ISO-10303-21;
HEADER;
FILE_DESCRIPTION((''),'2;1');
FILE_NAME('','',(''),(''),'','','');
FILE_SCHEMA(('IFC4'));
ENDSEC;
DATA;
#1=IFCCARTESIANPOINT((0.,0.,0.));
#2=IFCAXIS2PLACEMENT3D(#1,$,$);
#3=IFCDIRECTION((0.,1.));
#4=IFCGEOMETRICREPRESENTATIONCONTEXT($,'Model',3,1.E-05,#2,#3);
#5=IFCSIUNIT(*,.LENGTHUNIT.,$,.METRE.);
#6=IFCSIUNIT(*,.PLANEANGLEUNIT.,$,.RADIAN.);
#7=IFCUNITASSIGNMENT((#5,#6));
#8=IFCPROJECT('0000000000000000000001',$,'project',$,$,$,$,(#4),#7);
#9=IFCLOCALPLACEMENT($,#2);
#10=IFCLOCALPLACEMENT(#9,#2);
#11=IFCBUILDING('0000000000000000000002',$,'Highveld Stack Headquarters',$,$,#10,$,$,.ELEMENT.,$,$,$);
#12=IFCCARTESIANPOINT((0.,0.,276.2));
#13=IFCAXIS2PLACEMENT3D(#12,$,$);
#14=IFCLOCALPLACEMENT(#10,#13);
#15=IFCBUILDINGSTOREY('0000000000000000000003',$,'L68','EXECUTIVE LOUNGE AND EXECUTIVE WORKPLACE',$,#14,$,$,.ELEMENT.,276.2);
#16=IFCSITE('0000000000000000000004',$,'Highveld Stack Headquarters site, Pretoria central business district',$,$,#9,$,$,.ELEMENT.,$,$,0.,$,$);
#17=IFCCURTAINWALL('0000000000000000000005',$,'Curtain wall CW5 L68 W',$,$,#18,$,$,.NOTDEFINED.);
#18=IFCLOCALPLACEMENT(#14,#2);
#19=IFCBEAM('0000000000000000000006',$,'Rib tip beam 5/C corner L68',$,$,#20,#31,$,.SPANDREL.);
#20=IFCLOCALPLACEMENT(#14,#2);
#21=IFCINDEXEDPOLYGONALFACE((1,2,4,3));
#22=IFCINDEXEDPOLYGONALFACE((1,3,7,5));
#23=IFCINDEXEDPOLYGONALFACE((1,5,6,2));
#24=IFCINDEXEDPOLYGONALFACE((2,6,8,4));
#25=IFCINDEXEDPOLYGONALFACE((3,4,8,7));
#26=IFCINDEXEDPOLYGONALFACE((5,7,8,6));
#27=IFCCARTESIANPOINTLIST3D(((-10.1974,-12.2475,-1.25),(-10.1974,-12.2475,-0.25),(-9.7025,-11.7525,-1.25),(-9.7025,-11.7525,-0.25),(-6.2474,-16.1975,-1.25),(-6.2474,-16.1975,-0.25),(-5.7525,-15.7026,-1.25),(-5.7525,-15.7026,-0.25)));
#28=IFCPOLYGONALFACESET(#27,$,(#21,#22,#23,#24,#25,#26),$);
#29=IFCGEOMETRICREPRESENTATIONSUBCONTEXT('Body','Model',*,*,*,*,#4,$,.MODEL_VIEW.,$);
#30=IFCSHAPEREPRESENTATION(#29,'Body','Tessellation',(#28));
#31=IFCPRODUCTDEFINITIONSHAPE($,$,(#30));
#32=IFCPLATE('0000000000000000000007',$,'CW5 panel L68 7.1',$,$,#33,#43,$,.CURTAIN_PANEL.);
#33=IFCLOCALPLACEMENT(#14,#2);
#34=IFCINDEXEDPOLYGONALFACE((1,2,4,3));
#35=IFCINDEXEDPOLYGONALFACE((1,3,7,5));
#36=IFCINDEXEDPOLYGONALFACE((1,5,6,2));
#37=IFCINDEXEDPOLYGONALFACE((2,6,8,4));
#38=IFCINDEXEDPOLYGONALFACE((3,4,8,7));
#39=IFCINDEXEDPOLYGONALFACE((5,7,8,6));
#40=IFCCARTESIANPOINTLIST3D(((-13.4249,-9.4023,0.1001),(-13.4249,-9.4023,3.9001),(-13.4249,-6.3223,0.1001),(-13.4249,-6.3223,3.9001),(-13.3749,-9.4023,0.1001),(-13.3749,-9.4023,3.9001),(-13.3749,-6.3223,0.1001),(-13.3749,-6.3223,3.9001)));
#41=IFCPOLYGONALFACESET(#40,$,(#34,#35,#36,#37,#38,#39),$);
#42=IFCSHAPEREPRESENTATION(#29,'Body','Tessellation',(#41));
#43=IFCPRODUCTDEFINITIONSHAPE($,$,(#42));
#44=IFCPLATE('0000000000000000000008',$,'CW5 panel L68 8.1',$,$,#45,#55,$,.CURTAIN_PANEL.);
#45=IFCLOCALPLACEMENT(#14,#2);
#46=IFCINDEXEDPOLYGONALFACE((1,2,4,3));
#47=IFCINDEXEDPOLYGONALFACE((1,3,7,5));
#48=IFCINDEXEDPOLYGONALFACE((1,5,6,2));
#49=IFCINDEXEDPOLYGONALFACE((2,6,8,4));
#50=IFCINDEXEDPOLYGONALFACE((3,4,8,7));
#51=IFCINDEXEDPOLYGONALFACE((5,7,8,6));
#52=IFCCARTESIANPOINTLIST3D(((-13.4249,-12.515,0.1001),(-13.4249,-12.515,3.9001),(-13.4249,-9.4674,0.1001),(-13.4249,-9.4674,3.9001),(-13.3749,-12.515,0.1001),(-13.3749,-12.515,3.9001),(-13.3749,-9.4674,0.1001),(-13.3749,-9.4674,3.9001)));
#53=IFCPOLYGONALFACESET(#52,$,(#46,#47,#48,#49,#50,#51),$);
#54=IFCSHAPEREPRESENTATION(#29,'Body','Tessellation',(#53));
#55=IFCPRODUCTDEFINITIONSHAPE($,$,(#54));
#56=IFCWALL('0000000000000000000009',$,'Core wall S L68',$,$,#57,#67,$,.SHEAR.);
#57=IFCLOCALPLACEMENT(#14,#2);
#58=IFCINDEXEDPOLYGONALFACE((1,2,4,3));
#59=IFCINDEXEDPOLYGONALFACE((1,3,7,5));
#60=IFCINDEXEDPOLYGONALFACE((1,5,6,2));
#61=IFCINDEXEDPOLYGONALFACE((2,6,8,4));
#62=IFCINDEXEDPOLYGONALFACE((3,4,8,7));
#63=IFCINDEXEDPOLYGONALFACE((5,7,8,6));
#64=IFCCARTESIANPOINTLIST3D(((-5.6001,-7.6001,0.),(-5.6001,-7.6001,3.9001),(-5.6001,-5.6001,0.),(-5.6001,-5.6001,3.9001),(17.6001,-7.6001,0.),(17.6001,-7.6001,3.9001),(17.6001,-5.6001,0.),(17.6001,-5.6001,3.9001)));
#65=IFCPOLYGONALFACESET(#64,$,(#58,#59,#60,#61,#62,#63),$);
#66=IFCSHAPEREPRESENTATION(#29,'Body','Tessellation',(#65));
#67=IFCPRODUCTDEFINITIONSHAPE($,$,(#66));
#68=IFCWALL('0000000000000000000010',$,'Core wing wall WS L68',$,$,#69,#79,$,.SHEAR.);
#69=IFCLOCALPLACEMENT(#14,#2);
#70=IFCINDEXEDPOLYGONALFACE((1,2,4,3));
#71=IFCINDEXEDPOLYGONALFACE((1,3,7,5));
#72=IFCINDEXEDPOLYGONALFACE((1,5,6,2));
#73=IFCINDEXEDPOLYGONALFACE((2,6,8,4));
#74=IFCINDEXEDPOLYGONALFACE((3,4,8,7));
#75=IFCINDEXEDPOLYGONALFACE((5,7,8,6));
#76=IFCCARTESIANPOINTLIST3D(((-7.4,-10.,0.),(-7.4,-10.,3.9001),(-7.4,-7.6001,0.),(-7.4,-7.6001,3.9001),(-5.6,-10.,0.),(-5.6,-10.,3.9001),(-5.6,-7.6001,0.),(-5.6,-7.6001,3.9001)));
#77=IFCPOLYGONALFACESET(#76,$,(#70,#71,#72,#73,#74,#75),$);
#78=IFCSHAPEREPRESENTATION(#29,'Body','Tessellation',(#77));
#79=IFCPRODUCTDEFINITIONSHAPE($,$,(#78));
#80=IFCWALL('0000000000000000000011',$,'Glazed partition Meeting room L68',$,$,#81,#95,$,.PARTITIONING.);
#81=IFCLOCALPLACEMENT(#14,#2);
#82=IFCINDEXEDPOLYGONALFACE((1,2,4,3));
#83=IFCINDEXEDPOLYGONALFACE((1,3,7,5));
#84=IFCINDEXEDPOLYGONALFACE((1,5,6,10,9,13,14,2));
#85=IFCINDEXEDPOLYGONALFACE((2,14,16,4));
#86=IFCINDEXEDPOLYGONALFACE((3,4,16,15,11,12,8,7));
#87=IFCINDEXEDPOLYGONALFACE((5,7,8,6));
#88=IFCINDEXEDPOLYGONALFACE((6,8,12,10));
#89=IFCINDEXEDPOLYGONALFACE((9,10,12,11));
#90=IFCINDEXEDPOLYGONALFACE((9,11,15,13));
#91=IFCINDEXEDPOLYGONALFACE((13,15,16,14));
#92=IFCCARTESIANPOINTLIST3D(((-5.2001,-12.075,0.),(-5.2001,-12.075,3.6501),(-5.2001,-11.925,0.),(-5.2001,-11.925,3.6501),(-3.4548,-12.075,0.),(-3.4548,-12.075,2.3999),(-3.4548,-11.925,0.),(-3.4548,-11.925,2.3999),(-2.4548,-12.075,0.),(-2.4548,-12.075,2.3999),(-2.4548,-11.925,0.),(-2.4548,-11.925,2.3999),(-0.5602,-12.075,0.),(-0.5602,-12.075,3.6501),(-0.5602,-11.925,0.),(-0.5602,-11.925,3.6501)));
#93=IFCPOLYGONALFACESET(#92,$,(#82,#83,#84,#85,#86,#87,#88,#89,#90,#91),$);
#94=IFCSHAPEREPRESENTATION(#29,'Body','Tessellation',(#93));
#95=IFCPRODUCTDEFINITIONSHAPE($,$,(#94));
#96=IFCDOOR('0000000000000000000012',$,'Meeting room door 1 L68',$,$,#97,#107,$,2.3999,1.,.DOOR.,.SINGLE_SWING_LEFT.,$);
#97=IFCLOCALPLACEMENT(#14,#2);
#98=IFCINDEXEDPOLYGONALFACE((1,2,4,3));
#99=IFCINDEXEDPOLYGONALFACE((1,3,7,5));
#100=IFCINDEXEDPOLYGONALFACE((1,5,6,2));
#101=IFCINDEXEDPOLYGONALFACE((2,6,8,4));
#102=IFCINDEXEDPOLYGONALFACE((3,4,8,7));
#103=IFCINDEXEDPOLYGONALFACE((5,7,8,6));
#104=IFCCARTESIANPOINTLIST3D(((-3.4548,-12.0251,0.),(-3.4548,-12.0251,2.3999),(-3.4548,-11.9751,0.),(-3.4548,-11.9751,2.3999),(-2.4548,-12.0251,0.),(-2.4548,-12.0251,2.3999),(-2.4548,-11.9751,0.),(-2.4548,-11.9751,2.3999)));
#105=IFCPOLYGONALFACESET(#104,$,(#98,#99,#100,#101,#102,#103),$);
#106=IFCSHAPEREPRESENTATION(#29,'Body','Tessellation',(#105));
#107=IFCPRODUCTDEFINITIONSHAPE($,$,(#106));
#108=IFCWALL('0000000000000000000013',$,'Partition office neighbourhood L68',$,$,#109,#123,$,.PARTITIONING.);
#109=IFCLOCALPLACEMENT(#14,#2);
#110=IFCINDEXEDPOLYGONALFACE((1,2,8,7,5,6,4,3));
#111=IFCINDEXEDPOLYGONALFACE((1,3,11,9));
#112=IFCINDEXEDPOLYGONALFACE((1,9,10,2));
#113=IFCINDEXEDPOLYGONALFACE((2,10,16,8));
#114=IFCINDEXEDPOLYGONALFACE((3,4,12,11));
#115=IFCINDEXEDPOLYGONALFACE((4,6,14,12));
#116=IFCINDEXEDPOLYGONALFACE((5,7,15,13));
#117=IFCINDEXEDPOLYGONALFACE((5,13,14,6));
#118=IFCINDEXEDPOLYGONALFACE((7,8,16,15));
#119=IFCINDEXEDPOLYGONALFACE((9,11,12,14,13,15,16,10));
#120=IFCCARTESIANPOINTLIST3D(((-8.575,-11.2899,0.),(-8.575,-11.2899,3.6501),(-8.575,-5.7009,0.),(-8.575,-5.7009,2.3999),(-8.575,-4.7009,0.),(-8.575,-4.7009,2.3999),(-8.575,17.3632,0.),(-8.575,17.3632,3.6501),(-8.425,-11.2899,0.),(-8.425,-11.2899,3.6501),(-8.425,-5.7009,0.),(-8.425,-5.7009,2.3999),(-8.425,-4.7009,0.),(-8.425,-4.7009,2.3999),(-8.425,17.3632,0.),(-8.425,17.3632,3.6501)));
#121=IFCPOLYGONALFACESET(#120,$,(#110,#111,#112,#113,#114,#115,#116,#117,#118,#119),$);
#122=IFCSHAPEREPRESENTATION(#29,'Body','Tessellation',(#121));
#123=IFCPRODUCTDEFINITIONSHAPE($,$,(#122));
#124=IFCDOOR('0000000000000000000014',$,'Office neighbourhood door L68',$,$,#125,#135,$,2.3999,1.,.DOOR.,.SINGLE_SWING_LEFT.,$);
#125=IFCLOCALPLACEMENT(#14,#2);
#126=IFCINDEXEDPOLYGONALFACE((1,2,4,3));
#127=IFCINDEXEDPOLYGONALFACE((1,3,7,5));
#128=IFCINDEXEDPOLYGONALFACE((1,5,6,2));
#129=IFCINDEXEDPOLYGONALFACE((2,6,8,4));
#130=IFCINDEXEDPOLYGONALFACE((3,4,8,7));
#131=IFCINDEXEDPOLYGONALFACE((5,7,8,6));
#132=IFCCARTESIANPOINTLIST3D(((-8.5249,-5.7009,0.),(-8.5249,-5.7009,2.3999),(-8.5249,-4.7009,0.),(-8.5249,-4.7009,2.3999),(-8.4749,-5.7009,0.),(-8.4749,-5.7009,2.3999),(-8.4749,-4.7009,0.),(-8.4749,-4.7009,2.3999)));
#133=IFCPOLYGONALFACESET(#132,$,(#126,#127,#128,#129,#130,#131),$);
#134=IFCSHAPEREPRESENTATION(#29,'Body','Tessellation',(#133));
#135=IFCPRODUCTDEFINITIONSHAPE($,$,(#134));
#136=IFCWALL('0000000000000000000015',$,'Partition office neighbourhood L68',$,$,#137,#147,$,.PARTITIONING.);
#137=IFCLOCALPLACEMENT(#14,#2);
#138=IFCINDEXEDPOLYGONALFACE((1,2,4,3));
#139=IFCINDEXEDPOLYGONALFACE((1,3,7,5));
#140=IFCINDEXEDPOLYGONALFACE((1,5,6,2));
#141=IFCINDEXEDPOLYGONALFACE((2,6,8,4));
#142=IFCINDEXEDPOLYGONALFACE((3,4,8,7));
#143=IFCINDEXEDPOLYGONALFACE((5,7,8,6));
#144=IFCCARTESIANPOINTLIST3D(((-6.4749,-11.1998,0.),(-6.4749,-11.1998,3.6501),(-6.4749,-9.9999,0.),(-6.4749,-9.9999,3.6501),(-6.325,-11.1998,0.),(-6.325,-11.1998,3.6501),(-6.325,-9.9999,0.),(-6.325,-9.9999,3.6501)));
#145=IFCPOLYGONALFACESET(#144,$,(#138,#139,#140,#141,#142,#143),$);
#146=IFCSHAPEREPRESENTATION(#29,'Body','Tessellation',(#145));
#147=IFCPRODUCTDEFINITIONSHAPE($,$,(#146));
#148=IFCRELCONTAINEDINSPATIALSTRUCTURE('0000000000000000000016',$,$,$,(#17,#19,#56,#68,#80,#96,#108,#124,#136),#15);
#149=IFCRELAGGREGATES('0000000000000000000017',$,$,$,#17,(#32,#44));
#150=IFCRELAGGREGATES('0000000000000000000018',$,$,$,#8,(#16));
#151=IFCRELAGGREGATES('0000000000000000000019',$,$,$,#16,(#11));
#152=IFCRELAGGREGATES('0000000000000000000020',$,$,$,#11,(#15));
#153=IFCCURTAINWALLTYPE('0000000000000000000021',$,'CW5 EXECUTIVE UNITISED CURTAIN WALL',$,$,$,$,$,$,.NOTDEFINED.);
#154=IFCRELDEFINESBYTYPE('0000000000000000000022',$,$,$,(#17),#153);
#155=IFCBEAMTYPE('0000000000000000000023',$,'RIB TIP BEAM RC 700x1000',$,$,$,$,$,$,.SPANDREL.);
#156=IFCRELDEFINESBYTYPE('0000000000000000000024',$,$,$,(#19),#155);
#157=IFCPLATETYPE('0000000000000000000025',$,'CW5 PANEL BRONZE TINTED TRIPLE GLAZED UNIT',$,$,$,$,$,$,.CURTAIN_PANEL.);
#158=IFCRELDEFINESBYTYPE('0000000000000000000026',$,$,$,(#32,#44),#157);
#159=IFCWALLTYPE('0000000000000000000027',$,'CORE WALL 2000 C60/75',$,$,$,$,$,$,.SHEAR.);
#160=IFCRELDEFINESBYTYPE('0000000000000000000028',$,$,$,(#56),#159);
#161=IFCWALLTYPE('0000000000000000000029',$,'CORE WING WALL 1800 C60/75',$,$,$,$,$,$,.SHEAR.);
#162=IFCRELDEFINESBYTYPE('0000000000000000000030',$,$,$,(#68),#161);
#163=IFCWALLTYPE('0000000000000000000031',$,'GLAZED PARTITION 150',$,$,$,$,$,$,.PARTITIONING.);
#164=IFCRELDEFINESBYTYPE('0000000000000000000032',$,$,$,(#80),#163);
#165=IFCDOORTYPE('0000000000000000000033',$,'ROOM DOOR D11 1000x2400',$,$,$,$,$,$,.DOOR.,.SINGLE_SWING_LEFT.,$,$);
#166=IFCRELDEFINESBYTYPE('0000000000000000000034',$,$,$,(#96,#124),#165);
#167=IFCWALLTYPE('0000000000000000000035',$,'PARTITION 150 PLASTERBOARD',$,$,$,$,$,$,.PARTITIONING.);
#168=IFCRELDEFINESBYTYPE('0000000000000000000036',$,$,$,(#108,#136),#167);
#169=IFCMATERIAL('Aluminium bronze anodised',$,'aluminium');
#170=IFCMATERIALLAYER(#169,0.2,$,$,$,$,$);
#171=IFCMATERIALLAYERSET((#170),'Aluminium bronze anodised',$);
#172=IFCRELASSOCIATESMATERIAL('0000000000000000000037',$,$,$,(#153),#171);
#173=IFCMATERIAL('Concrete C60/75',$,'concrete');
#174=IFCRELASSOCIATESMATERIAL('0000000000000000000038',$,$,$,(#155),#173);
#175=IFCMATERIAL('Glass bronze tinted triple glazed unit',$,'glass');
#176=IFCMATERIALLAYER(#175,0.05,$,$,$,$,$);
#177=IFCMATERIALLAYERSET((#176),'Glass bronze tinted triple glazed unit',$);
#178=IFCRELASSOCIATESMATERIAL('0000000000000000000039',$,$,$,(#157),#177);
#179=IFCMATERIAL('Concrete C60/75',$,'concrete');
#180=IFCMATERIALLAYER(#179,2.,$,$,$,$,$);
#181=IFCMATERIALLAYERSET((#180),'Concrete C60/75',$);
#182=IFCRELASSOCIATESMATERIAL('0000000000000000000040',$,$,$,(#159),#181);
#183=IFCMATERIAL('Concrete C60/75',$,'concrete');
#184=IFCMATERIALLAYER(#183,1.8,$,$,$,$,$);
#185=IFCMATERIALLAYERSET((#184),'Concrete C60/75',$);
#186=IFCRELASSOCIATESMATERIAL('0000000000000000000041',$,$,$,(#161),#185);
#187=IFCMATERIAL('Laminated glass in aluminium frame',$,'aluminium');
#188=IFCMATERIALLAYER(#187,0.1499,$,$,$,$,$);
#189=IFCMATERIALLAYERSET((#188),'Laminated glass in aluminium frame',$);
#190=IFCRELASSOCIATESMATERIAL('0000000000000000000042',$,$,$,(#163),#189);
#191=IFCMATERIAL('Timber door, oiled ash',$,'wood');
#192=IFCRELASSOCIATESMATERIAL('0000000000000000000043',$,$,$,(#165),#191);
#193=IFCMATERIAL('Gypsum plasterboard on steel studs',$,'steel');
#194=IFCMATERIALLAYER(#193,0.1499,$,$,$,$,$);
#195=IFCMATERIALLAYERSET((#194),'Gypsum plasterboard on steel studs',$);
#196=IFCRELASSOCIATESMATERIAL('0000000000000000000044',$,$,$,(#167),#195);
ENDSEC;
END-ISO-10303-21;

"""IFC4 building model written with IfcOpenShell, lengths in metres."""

from ifc_helpers import new_model, si_unit, direction, frame, frame_2d, origin, origin_2d, place, context, subcontext, project, spatial, rectangle, extrude, material, layer, layer_set, material_profile, profile_set, type_object, element, fill, aggregate, save


model = new_model("IFC4")

# Units and contexts
model_context = context("Model", 3, precision=1e-05, world=origin(), true_north=direction((0.0, 1.0)))
body_context = subcontext(model_context, "Body", "Model", "MODEL_VIEW")
ifc_project = project(units=[si_unit("LENGTHUNIT", "METRE"), si_unit("PLANEANGLEUNIT", "RADIAN")], contexts=[model_context])

# Site, building, storey
site_placement = place(None, origin())
site = spatial("IfcSite", under=ifc_project, at=site_placement, Name="Highveld Stack Headquarters site, Pretoria central business district", CompositionType="ELEMENT", RefElevation=0.0)
building_placement = place(site_placement, origin())
building = spatial("IfcBuilding", under=site, at=building_placement, Name="Highveld Stack Headquarters", CompositionType="ELEMENT")
storey_placement = place(building_placement, frame((0.0, 0.0, 276.2)))
storey = spatial("IfcBuildingStorey", under=building, at=storey_placement, Name="L68", Description="EXECUTIVE LOUNGE AND EXECUTIVE WORKPLACE", CompositionType="ELEMENT", Elevation=276.2)

# Curtain wall
ifc_material_1 = material(Name="Aluminium bronze anodised", Category="aluminium")
ifc_layer_1 = layer(ifc_material_1, 0.2)
ifc_layer_set_1 = layer_set([ifc_layer_1], Name="Aluminium bronze anodised")
curtain_wall_type = type_object("IfcCurtainWallType", Name="CW5 EXECUTIVE UNITISED CURTAIN WALL", PredefinedType="NOTDEFINED", material=ifc_layer_set_1)
curtain_wall_placement = place(storey_placement, origin())
curtain_wall = element("IfcCurtainWall", 1, at=curtain_wall_placement, inside=storey, type_object=curtain_wall_type, Name="Curtain wall CW5 L68 W", PredefinedType="NOTDEFINED")

# Beam
ifc_material_2 = material(Name="Concrete C60/75", Category="concrete")
ifc_material_profile_1 = material_profile(ifc_material_2, rectangle(XDim=0.7, YDim=1.0, at=origin_2d()), Name="RC 700x1000")
ifc_profile_set_1 = profile_set([ifc_material_profile_1], Name="Concrete C60/75")
beam_type_1 = type_object("IfcBeamType", Name="RIB TIP BEAM RC 700x1000", PredefinedType="SPANDREL", material=ifc_profile_set_1)
beam_1_placement = place(storey_placement, frame((-9.95, -12.0, -0.75), z_axis=(0.707107, -0.707107, 0.0), x_axis=(0.707107, 0.707107, 0.0)))
element("IfcBeam", 2, at=beam_1_placement, inside=storey, type_object=beam_type_1, Name="Rib tip beam 5/C corner L68", PredefinedType="SPANDREL", context=body_context, shape_type="SweptSolid", body=[
    extrude(rectangle(XDim=0.7, YDim=1.0, at=origin_2d()), origin(), (0.0, 0.0, 1.0), 5.5862),
])

# Plates
ifc_material_3 = material(Name="Glass bronze tinted triple glazed unit", Category="glass")
ifc_layer_2 = layer(ifc_material_3, 0.05)
ifc_layer_set_2 = layer_set([ifc_layer_2], Name="Glass bronze tinted triple glazed unit")
plate_type = type_object("IfcPlateType", Name="CW5 PANEL BRONZE TINTED TRIPLE GLAZED UNIT", PredefinedType="CURTAIN_PANEL", material=ifc_layer_set_2)
plate_1_placement = place(storey_placement, frame((-13.3999, -7.8623, 0.1001), z_axis=(0.0, 0.0, 1.0), x_axis=(0.0, -1.0, 0.0)))
plate_1 = element("IfcPlate", 3, at=plate_1_placement, type_object=plate_type, Name="CW5 panel L68 7.1", PredefinedType="CURTAIN_PANEL", context=body_context, shape_type="SweptSolid", body=[
    extrude(rectangle(XDim=3.0801, YDim=0.05, at=origin_2d()), origin(), (0.0, 0.0, 1.0), 3.8),
])
plate_2_placement = place(storey_placement, frame((-13.3999, -10.9912, 0.1001), z_axis=(0.0, 0.0, 1.0), x_axis=(0.0, -1.0, 0.0)))
plate_2 = element("IfcPlate", 4, at=plate_2_placement, type_object=plate_type, Name="CW5 panel L68 8.1", PredefinedType="CURTAIN_PANEL", context=body_context, shape_type="SweptSolid", body=[
    extrude(rectangle(XDim=3.0476, YDim=0.05, at=origin_2d()), origin(), (0.0, 0.0, 1.0), 3.8),
])
aggregate(curtain_wall, [plate_1, plate_2])

# Walls
ifc_material_4 = material(Name="Concrete C60/75", Category="concrete")
ifc_layer_3 = layer(ifc_material_4, 2.0)
ifc_layer_set_3 = layer_set([ifc_layer_3], Name="Concrete C60/75")
wall_type_1 = type_object("IfcWallType", Name="CORE WALL 2000 C60/75", PredefinedType="SHEAR", material=ifc_layer_set_3)
wall_1_placement = place(storey_placement, frame((-5.6001, -6.6001, 0.0), z_axis=(0.0, 0.0, 1.0), x_axis=(1.0, 0.0, 0.0)))
element("IfcWall", 5, at=wall_1_placement, inside=storey, type_object=wall_type_1, Name="Core wall S L68", PredefinedType="SHEAR", context=body_context, shape_type="SweptSolid", body=[
    extrude(rectangle(XDim=23.2002, YDim=2.0, at=frame_2d((11.6001, 0.0))), origin(), (0.0, 0.0, 1.0), 3.9001),
])
ifc_material_5 = material(Name="Concrete C60/75", Category="concrete")
ifc_layer_4 = layer(ifc_material_5, 1.8)
ifc_layer_set_4 = layer_set([ifc_layer_4], Name="Concrete C60/75")
wall_type_2 = type_object("IfcWallType", Name="CORE WING WALL 1800 C60/75", PredefinedType="SHEAR", material=ifc_layer_set_4)
wall_2_placement = place(storey_placement, frame((-6.5, -10.0, 0.0), z_axis=(0.0, 0.0, 1.0), x_axis=(0.0, 1.0, 0.0)))
element("IfcWall", 6, at=wall_2_placement, inside=storey, type_object=wall_type_2, Name="Core wing wall WS L68", PredefinedType="SHEAR", context=body_context, shape_type="SweptSolid", body=[
    extrude(rectangle(XDim=2.3999, YDim=1.8, at=frame_2d((1.2, 0.0))), origin(), (0.0, 0.0, 1.0), 3.9001),
])

# Walls, openings, doors
ifc_material_6 = material(Name="Laminated glass in aluminium frame", Category="aluminium")
ifc_layer_5 = layer(ifc_material_6, 0.1499)
ifc_layer_set_5 = layer_set([ifc_layer_5], Name="Laminated glass in aluminium frame")
wall_type_3 = type_object("IfcWallType", Name="GLAZED PARTITION 150", PredefinedType="PARTITIONING", material=ifc_layer_set_5)
wall_3_placement = place(storey_placement, frame((-5.2, -12.0, 0.0), z_axis=(0.0, 0.0, 1.0), x_axis=(1.0, 0.0, 0.0)))
wall_3 = element("IfcWall", 7, at=wall_3_placement, inside=storey, type_object=wall_type_3, Name="Glazed partition Meeting room L68", PredefinedType="PARTITIONING", context=body_context, shape_type="SweptSolid", body=[
    extrude(rectangle(XDim=4.6399, YDim=0.1499, at=frame_2d((2.3198, 0.0))), origin(), (0.0, 0.0, 1.0), 3.6501),
])
opening_1_placement = place(wall_3_placement, frame((1.7451, 0.0, 0.0)))
opening_1 = element("IfcOpeningElement", 8, at=opening_1_placement, cuts=wall_3, PredefinedType="OPENING", context=body_context, shape_type="SweptSolid", body=[
    extrude(rectangle(XDim=1.0, YDim=2.3999, at=frame_2d((0.5, 1.2))), frame((0.0, 0.085, 0.0), z_axis=(0.0, -1.0, 0.0), x_axis=(1.0, 0.0, 0.0)), (0.0, 0.0, 1.0), 0.1699),
])
ifc_material_7 = material(Name="Timber door, oiled ash", Category="wood")
door_type_1 = type_object("IfcDoorType", Name="ROOM DOOR D11 1000x2400", OperationType="SINGLE_SWING_LEFT", PredefinedType="DOOR", material=ifc_material_7)
door_1_placement = place(opening_1_placement, origin())
door_1 = element("IfcDoor", 9, at=door_1_placement, inside=storey, type_object=door_type_1, Name="Meeting room door 1 L68", OperationType="SINGLE_SWING_LEFT", OverallHeight=2.3999, OverallWidth=1.0, PredefinedType="DOOR", context=body_context, shape_type="SweptSolid", body=[
    extrude(rectangle(XDim=1.0, YDim=2.3999, at=frame_2d((0.5, 1.2))), frame((0.0, 0.0249, 0.0), z_axis=(0.0, -1.0, 0.0), x_axis=(1.0, 0.0, 0.0)), (0.0, 0.0, 1.0), 0.05),
])
fill(opening_1, door_1)
ifc_material_8 = material(Name="Gypsum plasterboard on steel studs", Category="steel")
ifc_layer_6 = layer(ifc_material_8, 0.1499)
ifc_layer_set_6 = layer_set([ifc_layer_6], Name="Gypsum plasterboard on steel studs")
wall_type_4 = type_object("IfcWallType", Name="PARTITION 150 PLASTERBOARD", PredefinedType="PARTITIONING", material=ifc_layer_set_6)
wall_4_placement = place(storey_placement, frame((-8.5, -11.29, 0.0), z_axis=(0.0, 0.0, 1.0), x_axis=(0.0, 1.0, 0.0)))
wall_4 = element("IfcWall", 10, at=wall_4_placement, inside=storey, type_object=wall_type_4, Name="Partition office neighbourhood L68", PredefinedType="PARTITIONING", context=body_context, shape_type="SweptSolid", body=[
    extrude(rectangle(XDim=28.6531, YDim=0.1499, at=frame_2d((14.3267, 0.0))), origin(), (0.0, 0.0, 1.0), 3.6501),
])
opening_2_placement = place(wall_4_placement, frame((5.5891, 0.0, 0.0)))
opening_2 = element("IfcOpeningElement", 11, at=opening_2_placement, cuts=wall_4, PredefinedType="OPENING", context=body_context, shape_type="SweptSolid", body=[
    extrude(rectangle(XDim=1.0, YDim=2.3999, at=frame_2d((0.5, 1.2))), frame((0.0, 0.085, 0.0), z_axis=(0.0, -1.0, 0.0), x_axis=(1.0, 0.0, 0.0)), (0.0, 0.0, 1.0), 0.1699),
])
door_2_placement = place(opening_2_placement, origin())
door_2 = element("IfcDoor", 12, at=door_2_placement, inside=storey, type_object=door_type_1, Name="Office neighbourhood door L68", OperationType="SINGLE_SWING_LEFT", OverallHeight=2.3999, OverallWidth=1.0, PredefinedType="DOOR", context=body_context, shape_type="SweptSolid", body=[
    extrude(rectangle(XDim=1.0, YDim=2.3999, at=frame_2d((0.5, 1.2))), frame((0.0, 0.0249, 0.0), z_axis=(0.0, -1.0, 0.0), x_axis=(1.0, 0.0, 0.0)), (0.0, 0.0, 1.0), 0.05),
])
fill(opening_2, door_2)

# Wall
wall_5_placement = place(storey_placement, frame((-6.3999, -11.2, 0.0), z_axis=(0.0, 0.0, 1.0), x_axis=(0.0, 1.0, 0.0)))
element("IfcWall", 13, at=wall_5_placement, inside=storey, type_object=wall_type_4, Name="Partition office neighbourhood L68", PredefinedType="PARTITIONING", context=body_context, shape_type="SweptSolid", body=[
    extrude(rectangle(XDim=1.2, YDim=0.1499, at=frame_2d((0.6001, 0.0))), origin(), (0.0, 0.0, 1.0), 3.6501),
])

save(model, "model.ifc")
